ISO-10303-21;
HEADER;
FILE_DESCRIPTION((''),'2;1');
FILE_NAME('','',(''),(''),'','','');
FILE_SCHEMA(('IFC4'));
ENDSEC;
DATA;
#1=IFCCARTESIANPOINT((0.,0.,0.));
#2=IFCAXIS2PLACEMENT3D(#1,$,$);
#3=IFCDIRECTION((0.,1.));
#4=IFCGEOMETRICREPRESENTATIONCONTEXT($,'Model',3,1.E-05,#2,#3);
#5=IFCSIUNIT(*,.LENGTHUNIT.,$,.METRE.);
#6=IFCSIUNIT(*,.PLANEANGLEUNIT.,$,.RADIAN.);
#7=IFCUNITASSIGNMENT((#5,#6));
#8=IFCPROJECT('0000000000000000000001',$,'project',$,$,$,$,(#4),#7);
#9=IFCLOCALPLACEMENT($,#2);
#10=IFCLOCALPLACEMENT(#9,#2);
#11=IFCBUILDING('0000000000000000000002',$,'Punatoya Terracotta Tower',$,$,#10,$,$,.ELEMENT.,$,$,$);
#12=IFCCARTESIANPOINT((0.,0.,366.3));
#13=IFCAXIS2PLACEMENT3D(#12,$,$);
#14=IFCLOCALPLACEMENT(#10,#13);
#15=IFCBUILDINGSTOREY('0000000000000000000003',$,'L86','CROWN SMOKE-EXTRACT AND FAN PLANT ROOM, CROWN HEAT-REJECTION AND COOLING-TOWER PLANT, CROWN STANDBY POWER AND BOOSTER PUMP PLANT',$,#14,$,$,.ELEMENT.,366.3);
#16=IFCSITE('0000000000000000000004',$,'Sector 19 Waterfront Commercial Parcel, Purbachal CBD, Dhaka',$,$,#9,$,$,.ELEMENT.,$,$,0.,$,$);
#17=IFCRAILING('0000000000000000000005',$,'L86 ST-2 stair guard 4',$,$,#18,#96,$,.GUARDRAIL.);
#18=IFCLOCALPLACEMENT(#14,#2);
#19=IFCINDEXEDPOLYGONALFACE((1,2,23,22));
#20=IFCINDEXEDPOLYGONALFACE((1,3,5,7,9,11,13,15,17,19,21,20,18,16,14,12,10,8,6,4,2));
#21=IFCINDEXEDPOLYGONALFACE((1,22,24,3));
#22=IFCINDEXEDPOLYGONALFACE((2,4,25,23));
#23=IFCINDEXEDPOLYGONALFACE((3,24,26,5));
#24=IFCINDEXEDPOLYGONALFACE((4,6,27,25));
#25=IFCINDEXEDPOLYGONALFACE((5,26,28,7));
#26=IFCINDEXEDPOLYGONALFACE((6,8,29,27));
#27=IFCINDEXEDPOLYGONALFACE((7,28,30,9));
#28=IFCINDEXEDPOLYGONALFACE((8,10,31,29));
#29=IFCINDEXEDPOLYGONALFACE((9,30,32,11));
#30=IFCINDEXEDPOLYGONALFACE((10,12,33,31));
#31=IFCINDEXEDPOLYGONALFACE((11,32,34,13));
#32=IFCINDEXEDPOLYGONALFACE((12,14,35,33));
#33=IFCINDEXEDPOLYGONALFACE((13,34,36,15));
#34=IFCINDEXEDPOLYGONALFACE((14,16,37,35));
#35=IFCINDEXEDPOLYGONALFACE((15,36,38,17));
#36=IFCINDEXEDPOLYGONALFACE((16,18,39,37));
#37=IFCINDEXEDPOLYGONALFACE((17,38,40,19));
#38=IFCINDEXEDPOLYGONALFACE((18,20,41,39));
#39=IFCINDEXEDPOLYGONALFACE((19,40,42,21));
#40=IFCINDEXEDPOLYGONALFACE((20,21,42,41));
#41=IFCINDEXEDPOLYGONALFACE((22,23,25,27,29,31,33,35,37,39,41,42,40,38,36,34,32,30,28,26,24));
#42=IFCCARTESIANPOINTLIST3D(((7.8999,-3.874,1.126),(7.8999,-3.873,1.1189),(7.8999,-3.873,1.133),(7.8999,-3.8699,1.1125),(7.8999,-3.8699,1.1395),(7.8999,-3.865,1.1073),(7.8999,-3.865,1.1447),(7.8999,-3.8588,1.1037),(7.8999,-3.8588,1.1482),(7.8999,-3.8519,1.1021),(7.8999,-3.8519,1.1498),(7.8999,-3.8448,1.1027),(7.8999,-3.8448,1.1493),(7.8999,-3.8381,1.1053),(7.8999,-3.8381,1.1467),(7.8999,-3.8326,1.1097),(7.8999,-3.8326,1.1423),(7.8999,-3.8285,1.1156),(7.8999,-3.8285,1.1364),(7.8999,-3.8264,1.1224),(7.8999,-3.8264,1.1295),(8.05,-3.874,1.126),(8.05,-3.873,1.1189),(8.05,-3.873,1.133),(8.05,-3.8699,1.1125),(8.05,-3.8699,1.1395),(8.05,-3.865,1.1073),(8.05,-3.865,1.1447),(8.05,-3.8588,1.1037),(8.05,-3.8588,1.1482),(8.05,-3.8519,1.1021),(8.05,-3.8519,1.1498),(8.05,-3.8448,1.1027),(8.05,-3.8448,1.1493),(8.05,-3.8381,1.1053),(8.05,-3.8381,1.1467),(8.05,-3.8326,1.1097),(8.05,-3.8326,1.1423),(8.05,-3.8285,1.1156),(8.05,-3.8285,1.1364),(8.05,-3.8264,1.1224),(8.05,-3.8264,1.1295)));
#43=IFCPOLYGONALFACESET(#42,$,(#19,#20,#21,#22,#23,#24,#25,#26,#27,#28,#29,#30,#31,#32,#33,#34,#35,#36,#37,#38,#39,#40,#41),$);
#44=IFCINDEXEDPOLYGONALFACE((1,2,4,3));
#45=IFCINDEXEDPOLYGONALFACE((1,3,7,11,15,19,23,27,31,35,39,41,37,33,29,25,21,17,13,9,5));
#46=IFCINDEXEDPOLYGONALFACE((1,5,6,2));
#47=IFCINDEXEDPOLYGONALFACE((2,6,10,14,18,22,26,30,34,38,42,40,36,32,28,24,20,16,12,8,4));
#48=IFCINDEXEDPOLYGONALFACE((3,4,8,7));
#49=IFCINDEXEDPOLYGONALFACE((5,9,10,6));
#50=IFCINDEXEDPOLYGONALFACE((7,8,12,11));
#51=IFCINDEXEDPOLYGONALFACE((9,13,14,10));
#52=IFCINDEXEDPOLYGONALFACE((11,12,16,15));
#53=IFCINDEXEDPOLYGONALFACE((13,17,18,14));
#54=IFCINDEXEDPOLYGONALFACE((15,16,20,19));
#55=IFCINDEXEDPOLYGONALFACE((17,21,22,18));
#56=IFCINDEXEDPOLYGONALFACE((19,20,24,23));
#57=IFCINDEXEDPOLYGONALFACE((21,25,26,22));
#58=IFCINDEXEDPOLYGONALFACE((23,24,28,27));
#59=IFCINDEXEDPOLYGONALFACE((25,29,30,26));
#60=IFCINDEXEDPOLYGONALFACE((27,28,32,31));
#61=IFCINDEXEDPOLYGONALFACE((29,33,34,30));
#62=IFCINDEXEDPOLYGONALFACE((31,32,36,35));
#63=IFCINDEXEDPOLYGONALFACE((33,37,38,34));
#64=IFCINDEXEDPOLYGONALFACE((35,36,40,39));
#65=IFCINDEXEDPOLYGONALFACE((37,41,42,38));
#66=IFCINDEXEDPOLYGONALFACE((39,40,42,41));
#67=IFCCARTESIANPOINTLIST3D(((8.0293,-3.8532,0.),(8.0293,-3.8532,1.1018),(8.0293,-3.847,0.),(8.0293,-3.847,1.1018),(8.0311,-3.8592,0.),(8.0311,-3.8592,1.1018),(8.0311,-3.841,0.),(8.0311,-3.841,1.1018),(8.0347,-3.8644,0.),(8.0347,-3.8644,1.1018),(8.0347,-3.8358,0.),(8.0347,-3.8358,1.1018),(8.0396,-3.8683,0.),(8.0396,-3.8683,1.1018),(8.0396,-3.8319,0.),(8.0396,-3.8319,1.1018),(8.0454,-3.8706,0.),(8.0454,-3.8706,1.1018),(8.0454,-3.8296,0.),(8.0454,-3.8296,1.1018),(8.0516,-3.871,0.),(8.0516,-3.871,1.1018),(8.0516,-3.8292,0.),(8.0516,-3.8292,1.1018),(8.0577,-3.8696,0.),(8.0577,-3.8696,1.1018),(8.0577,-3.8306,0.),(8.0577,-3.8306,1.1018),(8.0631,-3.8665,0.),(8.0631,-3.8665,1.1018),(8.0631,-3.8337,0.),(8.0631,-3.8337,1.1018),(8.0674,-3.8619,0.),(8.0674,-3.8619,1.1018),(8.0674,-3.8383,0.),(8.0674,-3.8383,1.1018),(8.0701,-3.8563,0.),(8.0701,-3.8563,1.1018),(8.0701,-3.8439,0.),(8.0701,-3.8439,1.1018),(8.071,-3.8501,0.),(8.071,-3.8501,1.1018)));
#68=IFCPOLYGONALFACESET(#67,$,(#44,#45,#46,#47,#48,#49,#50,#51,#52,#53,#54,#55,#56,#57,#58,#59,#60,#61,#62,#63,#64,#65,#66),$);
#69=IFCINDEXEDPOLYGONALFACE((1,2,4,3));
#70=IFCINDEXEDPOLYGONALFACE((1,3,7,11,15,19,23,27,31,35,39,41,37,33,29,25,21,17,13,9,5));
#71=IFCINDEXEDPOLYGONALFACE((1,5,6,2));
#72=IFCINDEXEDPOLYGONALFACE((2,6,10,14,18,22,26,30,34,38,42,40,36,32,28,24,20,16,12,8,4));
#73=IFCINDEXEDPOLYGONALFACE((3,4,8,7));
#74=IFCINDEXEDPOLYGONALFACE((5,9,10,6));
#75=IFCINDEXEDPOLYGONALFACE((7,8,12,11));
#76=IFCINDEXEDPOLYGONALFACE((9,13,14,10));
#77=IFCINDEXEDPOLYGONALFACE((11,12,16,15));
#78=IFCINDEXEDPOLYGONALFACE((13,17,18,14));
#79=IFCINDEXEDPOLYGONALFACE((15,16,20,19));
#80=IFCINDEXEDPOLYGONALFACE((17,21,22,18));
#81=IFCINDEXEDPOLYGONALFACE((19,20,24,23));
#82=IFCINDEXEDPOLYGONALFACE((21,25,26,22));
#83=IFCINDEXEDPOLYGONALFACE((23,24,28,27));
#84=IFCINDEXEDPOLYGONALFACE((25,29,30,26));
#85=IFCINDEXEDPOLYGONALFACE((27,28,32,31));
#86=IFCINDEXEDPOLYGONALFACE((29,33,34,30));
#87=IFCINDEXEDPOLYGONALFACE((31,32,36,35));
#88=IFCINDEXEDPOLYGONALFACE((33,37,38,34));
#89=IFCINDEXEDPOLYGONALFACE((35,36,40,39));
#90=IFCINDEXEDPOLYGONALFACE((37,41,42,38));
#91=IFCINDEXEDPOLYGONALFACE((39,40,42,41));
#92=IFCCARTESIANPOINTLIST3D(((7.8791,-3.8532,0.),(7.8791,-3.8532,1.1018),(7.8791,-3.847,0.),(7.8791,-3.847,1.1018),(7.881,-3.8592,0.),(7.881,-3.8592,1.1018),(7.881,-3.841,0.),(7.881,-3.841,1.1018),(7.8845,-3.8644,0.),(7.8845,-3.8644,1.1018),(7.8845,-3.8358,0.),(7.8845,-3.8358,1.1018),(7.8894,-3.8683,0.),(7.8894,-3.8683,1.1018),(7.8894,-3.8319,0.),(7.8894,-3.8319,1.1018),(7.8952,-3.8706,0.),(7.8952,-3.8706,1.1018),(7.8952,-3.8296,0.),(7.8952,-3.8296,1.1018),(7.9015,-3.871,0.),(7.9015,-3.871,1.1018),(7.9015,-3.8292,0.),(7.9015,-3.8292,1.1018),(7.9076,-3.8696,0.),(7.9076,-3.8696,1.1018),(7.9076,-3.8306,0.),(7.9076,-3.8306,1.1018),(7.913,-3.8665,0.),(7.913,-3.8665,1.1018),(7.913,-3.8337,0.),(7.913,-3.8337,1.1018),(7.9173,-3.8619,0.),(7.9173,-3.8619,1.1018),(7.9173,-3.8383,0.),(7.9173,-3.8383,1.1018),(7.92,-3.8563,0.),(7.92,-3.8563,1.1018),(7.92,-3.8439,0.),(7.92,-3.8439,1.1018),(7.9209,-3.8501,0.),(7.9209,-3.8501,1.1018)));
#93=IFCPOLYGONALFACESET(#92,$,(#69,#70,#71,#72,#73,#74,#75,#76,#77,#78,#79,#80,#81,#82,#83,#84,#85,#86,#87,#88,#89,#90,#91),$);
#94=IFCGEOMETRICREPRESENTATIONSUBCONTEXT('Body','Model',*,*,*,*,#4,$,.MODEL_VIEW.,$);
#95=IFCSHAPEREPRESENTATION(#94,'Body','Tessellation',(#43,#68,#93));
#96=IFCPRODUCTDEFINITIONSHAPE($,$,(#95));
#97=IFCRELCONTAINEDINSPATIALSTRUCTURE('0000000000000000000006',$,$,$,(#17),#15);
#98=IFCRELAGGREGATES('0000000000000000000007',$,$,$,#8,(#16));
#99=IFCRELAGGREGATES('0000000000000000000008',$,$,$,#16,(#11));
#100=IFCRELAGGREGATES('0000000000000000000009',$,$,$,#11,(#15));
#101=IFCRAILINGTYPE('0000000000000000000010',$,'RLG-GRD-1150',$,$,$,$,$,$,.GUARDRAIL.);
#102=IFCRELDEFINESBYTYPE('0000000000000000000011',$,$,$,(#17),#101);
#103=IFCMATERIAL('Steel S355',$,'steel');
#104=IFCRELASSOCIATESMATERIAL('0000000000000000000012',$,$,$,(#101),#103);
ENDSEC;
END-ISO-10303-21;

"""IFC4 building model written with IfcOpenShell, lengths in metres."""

from ifc_helpers import new_model, si_unit, direction, frame, origin, origin_2d, place, context, subcontext, project, spatial, circle, extrude, material, type_object, element, save


model = new_model("IFC4")

# Units and contexts
model_context = context("Model", 3, precision=1e-05, world=origin(), true_north=direction((0.0, 1.0)))
body_context = subcontext(model_context, "Body", "Model", "MODEL_VIEW")
ifc_project = project(units=[si_unit("LENGTHUNIT", "METRE"), si_unit("PLANEANGLEUNIT", "RADIAN")], contexts=[model_context])

# Site, building, storey
site_placement = place(None, origin())
site = spatial("IfcSite", under=ifc_project, at=site_placement, Name="Sector 19 Waterfront Commercial Parcel, Purbachal CBD, Dhaka", CompositionType="ELEMENT", RefElevation=0.0)
building_placement = place(site_placement, origin())
building = spatial("IfcBuilding", under=site, at=building_placement, Name="Punatoya Terracotta Tower", CompositionType="ELEMENT")
storey_placement = place(building_placement, frame((0.0, 0.0, 366.3)))
storey = spatial("IfcBuildingStorey", under=building, at=storey_placement, Name="L86", Description="CROWN SMOKE-EXTRACT AND FAN PLANT ROOM, CROWN HEAT-REJECTION AND COOLING-TOWER PLANT, CROWN STANDBY POWER AND BOOSTER PUMP PLANT", CompositionType="ELEMENT", Elevation=366.3)

# Shared definitions
ifc_material_1 = material(Name="Steel S355", Category="steel")

# Railing
railing_type_1 = type_object("IfcRailingType", Name="RLG-GRD-1150", PredefinedType="GUARDRAIL", material=ifc_material_1)
railing_1_placement = place(storey_placement, frame((8.05, -3.8501, 0.0)))
element("IfcRailing", 1, at=railing_1_placement, inside=storey, type_object=railing_type_1, Name="L86 ST-2 stair guard 4", PredefinedType="GUARDRAIL", context=body_context, shape_type="SweptSolid", body=[
    extrude(circle(Radius=0.0239, at=origin_2d()), frame((0.0, 0.0, 1.126), z_axis=(-1.0, 0.0, 0.0), x_axis=(0.0, -1.0, 0.0)), (0.0, 0.0, 1.0), 0.1501),
    extrude(circle(Radius=0.021, at=origin_2d()), origin(), (0.0, 0.0, 1.0), 1.1018),
    extrude(circle(Radius=0.021, at=origin_2d()), frame((-0.1501, 0.0, 0.0)), (0.0, 0.0, 1.0), 1.1018),
])

save(model, "model.ifc")
